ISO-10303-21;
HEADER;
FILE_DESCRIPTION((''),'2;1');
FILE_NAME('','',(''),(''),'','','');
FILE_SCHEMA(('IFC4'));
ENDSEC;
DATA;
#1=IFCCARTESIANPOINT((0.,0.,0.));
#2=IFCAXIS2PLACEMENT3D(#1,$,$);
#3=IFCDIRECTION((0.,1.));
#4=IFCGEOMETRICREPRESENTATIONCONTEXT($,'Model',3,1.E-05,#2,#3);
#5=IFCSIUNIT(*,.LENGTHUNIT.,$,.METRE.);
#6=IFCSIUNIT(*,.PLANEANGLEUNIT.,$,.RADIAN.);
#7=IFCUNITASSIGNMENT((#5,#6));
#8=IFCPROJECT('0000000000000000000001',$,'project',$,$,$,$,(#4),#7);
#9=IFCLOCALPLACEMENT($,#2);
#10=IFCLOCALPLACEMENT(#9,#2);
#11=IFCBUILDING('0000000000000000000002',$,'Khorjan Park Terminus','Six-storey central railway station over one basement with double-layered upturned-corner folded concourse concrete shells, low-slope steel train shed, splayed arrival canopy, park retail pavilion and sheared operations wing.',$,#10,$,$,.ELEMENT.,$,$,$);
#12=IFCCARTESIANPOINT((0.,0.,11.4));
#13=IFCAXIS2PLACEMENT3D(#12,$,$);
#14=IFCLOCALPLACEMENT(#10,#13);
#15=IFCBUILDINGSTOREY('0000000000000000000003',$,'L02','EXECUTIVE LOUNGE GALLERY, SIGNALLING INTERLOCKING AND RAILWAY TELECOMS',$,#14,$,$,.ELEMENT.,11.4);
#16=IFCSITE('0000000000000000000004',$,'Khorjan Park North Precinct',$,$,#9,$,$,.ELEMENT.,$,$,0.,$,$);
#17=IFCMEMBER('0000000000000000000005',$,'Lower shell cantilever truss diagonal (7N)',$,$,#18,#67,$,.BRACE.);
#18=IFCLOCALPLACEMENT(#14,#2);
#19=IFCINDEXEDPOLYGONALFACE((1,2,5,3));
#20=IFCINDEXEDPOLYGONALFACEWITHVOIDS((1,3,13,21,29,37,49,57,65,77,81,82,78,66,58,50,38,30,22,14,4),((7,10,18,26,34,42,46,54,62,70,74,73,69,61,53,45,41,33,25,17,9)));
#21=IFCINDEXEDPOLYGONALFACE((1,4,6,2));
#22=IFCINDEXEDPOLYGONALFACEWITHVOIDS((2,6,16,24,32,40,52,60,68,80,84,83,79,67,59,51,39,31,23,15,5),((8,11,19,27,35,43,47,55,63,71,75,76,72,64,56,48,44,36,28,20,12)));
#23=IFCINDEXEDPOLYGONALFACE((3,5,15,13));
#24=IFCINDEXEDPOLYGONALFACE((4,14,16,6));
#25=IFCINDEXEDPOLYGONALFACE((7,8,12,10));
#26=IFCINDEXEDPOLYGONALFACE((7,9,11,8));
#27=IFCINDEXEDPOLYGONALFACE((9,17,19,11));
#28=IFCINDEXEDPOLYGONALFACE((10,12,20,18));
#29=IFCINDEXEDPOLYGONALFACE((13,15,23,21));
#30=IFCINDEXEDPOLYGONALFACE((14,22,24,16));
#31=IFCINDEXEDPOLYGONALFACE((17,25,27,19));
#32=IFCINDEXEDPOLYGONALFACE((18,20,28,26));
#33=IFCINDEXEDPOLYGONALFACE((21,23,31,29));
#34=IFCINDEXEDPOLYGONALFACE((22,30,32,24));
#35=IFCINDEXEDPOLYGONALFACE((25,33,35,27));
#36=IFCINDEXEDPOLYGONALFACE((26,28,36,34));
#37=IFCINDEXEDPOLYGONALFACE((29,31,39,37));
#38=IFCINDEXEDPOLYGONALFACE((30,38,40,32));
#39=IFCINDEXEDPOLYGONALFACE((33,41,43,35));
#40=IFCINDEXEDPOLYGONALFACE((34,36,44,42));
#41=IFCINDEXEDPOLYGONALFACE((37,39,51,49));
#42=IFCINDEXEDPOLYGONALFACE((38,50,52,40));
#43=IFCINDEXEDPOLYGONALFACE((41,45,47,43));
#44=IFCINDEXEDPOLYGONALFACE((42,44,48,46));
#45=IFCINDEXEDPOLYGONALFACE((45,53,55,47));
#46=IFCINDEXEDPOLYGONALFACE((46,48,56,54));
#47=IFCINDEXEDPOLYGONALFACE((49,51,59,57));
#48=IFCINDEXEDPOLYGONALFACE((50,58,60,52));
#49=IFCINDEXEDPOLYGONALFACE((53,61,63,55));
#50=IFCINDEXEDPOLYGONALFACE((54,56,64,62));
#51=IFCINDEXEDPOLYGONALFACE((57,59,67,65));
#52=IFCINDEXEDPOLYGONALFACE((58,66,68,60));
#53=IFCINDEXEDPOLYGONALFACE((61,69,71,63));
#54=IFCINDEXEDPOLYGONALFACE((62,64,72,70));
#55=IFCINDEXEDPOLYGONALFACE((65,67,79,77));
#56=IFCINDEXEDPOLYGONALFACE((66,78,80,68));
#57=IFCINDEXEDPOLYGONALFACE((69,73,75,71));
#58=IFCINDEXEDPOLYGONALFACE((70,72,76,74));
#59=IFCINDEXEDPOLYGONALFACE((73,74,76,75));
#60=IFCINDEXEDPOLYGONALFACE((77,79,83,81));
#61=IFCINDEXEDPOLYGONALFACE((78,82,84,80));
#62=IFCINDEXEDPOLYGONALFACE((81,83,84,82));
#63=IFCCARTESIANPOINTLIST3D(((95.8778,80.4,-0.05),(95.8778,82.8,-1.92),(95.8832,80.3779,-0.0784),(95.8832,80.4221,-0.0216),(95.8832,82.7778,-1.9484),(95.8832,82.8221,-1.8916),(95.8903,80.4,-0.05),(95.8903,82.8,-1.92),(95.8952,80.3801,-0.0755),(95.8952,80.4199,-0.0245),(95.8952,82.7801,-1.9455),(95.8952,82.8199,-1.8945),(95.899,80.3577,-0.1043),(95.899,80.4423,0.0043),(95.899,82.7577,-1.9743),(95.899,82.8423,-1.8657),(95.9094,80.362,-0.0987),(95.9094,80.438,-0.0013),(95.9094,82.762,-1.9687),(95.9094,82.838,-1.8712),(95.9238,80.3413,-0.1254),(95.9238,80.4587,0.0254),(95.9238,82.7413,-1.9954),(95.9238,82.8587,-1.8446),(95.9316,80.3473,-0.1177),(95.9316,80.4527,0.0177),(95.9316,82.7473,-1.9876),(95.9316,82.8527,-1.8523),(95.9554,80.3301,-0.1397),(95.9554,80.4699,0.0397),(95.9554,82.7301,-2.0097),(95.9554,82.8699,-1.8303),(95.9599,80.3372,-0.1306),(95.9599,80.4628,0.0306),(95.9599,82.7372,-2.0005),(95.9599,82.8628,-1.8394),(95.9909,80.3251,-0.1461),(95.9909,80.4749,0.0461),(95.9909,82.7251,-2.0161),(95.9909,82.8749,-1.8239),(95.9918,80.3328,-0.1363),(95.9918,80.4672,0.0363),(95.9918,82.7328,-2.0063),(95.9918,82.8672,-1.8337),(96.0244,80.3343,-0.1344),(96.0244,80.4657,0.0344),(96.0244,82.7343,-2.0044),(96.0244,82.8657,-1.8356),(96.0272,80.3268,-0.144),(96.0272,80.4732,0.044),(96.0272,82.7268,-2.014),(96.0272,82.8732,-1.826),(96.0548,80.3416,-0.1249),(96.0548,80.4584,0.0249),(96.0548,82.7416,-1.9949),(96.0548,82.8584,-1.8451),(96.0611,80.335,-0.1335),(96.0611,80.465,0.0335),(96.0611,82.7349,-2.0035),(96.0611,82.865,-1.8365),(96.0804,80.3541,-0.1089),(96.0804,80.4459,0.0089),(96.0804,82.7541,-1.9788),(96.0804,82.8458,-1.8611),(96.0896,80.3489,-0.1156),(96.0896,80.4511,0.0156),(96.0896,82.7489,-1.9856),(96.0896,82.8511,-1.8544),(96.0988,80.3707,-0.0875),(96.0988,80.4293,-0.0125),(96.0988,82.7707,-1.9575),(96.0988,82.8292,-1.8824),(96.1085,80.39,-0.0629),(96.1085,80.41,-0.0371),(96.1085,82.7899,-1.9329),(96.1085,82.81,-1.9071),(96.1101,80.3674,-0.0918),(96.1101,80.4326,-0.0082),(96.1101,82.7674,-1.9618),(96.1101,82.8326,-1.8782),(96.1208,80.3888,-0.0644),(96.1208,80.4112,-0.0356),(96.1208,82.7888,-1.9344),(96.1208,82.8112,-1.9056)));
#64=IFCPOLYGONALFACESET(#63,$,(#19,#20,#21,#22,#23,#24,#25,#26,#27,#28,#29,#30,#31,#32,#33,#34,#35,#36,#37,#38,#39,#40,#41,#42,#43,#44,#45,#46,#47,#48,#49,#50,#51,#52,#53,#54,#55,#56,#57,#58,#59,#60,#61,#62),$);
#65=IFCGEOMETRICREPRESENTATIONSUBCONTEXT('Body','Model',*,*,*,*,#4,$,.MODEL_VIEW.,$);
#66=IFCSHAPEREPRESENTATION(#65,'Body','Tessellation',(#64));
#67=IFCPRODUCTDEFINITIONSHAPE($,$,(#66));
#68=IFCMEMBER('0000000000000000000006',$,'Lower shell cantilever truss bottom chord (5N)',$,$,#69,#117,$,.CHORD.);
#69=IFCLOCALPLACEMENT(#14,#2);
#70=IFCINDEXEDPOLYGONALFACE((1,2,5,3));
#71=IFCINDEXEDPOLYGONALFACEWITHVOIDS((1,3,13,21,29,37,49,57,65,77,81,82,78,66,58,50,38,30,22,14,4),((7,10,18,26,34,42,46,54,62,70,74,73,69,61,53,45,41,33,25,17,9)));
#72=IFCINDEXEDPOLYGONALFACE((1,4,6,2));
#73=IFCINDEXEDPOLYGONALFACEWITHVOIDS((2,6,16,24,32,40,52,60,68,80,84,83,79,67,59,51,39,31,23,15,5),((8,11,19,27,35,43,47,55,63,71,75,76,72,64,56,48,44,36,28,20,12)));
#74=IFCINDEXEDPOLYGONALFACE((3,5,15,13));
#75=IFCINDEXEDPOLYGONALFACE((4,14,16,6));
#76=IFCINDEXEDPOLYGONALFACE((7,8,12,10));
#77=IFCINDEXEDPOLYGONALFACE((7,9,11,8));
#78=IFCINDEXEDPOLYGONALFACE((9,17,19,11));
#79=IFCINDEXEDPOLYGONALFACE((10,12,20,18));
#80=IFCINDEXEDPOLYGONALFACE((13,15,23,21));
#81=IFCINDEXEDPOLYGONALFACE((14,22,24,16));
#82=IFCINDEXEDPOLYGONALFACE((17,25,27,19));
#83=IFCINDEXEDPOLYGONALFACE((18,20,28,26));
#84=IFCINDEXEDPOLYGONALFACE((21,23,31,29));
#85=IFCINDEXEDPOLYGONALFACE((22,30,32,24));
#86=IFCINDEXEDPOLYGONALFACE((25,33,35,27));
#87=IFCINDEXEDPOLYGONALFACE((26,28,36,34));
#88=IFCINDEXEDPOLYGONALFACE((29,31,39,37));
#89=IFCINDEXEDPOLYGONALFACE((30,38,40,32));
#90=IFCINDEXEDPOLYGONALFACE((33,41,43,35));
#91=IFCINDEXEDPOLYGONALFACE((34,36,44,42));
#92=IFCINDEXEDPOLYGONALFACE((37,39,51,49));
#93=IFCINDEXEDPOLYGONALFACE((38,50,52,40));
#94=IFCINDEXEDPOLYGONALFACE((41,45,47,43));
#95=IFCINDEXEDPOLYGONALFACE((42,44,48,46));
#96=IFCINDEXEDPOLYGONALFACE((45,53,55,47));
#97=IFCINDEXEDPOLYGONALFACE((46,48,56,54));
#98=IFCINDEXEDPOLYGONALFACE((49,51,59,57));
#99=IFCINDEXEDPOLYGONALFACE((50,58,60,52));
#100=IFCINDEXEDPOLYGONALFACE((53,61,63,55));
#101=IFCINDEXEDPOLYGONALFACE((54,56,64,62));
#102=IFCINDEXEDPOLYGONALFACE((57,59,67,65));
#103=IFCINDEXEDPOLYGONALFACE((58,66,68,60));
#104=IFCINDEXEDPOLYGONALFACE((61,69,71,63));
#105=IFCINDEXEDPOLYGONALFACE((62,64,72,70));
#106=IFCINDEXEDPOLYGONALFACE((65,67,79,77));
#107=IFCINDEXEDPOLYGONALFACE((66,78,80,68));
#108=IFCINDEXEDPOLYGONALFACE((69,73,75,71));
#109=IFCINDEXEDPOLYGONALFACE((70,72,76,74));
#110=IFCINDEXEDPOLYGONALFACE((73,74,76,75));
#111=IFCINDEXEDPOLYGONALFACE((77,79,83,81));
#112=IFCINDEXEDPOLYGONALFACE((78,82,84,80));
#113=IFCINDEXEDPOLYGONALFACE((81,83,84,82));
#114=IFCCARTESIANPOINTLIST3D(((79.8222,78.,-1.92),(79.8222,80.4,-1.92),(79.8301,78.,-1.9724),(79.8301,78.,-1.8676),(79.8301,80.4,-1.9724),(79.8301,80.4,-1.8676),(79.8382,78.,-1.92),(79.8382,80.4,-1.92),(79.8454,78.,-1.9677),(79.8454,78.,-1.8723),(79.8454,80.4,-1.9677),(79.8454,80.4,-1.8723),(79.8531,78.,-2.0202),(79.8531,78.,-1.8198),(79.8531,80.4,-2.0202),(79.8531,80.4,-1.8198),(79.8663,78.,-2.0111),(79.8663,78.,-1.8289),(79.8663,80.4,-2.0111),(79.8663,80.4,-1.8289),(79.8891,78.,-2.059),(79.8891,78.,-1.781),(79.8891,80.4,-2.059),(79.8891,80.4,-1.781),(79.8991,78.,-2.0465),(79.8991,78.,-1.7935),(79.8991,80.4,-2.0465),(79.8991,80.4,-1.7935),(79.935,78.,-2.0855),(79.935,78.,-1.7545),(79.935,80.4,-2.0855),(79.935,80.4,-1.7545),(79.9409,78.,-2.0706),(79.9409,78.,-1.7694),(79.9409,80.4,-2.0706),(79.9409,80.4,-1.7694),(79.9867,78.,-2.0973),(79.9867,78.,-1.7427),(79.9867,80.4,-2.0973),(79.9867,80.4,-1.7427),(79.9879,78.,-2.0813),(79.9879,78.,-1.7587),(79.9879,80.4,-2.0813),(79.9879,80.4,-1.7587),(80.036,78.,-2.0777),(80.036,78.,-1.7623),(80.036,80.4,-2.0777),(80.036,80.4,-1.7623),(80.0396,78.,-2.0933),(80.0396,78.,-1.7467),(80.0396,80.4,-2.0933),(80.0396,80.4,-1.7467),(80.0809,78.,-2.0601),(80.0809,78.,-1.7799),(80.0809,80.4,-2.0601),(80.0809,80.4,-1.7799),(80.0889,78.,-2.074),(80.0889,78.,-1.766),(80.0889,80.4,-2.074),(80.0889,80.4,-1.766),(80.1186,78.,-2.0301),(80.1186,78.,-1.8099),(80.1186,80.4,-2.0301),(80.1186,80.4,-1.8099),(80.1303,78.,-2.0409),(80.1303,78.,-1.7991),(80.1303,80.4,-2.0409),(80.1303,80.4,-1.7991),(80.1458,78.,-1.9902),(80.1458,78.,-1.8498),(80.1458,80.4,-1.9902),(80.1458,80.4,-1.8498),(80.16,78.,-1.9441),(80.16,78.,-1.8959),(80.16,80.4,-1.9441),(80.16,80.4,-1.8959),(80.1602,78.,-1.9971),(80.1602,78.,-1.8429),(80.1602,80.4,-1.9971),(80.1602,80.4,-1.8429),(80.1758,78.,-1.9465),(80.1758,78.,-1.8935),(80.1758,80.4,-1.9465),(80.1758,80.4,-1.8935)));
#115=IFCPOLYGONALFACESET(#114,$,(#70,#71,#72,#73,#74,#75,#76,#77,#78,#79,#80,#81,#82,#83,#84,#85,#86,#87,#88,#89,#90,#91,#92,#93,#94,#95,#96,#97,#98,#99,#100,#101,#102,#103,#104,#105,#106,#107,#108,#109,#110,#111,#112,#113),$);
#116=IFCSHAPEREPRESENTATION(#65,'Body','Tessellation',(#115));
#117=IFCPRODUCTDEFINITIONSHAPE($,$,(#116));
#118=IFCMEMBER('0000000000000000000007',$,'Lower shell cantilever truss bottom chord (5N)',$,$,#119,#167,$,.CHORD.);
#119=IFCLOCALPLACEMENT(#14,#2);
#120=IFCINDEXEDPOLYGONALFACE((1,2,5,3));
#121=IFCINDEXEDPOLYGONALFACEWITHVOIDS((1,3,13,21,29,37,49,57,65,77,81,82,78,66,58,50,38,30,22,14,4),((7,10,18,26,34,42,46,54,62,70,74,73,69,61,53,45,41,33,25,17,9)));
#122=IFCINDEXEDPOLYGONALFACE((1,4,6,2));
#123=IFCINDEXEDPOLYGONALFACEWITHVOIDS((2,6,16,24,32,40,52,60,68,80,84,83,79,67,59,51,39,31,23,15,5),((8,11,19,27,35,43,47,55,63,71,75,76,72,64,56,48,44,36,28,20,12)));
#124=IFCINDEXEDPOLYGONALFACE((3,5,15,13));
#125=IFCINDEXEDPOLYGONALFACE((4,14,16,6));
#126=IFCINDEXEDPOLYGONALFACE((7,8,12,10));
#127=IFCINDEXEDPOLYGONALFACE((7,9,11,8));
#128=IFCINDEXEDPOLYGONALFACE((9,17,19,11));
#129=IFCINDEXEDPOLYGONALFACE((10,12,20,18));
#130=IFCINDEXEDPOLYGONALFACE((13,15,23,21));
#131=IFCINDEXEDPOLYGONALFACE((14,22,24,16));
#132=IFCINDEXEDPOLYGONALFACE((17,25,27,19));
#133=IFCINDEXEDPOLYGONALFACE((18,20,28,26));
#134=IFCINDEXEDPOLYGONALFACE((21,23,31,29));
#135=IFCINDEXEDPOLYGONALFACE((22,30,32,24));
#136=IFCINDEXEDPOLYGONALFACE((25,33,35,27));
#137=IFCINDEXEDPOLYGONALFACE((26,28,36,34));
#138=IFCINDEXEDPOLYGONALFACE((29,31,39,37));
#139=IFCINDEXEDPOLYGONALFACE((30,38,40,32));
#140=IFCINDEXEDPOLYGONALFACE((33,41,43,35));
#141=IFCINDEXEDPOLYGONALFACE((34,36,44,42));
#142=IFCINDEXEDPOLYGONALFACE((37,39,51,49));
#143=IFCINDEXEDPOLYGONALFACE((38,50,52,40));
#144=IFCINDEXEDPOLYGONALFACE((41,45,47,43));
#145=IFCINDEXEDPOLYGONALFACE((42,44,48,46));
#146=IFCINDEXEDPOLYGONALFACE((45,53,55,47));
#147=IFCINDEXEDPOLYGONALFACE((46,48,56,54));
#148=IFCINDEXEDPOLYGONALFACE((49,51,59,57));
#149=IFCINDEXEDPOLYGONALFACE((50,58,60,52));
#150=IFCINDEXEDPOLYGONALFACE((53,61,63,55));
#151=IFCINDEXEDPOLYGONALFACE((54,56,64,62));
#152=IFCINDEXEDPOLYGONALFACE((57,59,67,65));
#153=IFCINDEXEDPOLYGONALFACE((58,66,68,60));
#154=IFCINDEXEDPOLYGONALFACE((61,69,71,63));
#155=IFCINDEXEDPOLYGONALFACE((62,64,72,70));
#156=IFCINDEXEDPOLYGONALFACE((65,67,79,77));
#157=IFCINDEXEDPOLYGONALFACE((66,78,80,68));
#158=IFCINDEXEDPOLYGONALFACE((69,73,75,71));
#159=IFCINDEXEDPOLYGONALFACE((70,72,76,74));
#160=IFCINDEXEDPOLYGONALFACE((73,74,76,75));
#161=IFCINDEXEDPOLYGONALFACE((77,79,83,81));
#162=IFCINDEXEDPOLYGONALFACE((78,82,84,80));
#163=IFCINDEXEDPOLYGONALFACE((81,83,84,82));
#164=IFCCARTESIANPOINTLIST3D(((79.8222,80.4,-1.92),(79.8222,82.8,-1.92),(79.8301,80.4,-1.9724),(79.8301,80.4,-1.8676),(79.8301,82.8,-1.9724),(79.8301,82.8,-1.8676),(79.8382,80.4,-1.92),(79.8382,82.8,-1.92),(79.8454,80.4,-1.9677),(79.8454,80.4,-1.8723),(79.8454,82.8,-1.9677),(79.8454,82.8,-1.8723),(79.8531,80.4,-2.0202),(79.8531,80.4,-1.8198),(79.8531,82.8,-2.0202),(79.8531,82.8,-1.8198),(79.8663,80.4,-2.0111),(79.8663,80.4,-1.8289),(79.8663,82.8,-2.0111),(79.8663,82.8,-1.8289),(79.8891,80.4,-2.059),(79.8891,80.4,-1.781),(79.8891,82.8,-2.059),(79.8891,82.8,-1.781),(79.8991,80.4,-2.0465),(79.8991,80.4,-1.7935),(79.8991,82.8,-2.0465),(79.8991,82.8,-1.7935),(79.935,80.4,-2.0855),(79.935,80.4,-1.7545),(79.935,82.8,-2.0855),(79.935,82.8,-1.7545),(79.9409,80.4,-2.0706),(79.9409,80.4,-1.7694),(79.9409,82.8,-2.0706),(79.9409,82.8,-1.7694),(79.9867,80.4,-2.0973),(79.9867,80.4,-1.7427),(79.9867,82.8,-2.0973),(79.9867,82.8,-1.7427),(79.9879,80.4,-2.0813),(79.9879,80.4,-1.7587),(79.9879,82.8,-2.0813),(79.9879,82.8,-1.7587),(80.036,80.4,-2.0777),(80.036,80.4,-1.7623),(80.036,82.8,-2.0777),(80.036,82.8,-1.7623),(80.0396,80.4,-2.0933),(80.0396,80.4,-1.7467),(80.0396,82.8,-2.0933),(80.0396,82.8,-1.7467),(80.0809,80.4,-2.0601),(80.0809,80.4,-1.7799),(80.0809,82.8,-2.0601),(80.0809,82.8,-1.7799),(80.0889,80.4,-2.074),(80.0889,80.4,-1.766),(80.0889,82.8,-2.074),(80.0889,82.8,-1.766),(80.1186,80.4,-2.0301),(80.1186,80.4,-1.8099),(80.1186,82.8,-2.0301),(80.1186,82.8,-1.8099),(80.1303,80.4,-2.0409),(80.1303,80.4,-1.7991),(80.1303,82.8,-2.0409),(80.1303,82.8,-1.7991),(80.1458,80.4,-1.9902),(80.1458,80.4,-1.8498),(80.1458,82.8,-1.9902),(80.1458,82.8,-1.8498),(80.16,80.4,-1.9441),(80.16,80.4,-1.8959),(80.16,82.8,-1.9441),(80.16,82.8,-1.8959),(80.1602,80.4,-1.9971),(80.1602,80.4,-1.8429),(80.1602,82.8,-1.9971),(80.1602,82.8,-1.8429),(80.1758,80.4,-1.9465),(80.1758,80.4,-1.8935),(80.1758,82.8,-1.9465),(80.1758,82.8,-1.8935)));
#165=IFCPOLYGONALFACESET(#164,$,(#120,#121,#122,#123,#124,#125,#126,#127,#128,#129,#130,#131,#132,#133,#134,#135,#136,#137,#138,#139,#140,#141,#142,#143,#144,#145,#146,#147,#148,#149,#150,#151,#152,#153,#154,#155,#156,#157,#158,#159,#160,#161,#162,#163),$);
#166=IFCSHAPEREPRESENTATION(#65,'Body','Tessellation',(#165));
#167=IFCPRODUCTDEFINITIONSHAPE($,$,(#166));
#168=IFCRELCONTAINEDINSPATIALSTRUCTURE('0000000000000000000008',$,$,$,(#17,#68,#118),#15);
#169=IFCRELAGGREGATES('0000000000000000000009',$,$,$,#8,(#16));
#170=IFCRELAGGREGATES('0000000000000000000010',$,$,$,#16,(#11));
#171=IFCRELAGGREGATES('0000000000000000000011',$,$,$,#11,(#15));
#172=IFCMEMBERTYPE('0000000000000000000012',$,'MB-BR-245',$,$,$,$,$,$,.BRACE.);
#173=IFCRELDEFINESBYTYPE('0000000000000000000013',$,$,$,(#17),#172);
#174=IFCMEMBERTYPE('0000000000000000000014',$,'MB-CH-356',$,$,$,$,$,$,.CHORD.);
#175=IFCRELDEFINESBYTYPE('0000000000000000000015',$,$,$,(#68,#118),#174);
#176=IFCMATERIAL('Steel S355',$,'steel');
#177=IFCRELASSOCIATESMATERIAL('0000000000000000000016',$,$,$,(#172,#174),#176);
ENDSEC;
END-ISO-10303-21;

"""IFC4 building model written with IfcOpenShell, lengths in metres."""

from ifc_helpers import new_model, si_unit, direction, frame, origin, origin_2d, place, context, subcontext, project, spatial, hollow_circle, extrude, material, material_profile, profile_set, type_object, element, save


model = new_model("IFC4")

# Units and contexts
model_context = context("Model", 3, precision=1e-05, world=origin(), true_north=direction((0.0, 1.0)))
body_context = subcontext(model_context, "Body", "Model", "MODEL_VIEW")
ifc_project = project(units=[si_unit("LENGTHUNIT", "METRE"), si_unit("PLANEANGLEUNIT", "RADIAN")], contexts=[model_context])

# Site, building, storey
site_placement = place(None, origin())
site = spatial("IfcSite", under=ifc_project, at=site_placement, Name="Khorjan Park North Precinct", CompositionType="ELEMENT", RefElevation=0.0)
building_placement = place(site_placement, origin())
building = spatial("IfcBuilding", under=site, at=building_placement, Name="Khorjan Park Terminus", Description="Six-storey central railway station over one basement with double-layered upturned-corner folded concourse concrete shells, low-slope steel train shed, splayed arrival canopy, park retail pavilion and sheared operations wing.", CompositionType="ELEMENT")
storey_placement = place(building_placement, frame((0.0, 0.0, 11.4)))
storey = spatial("IfcBuildingStorey", under=building, at=storey_placement, Name="L02", Description="EXECUTIVE LOUNGE GALLERY, SIGNALLING INTERLOCKING AND RAILWAY TELECOMS", CompositionType="ELEMENT", Elevation=11.4)

# Shared definitions
ifc_material_1 = material(Name="Steel S355", Category="steel")

# Members
ifc_material_profile_1 = material_profile(ifc_material_1, hollow_circle(Radius=0.1222, WallThickness=0.0125, at=origin_2d()), Name="CHS 244.5x12.5")
ifc_profile_set_1 = profile_set([ifc_material_profile_1], Name="Steel S355")
member_type_1 = type_object("IfcMemberType", Name="MB-BR-245", PredefinedType="BRACE", material=ifc_profile_set_1)
for number, where, z_axis, x_axis, name in (
    (1, (96.0, 80.4, -0.05), (0.0, 0.788821, -0.614623), (-1.0, 0.0, 0.0), "Lower shell cantilever truss diagonal (7N)"),
):
    element("IfcMember", number, at=place(storey_placement, frame(where, z_axis=z_axis, x_axis=x_axis)), inside=storey, type_object=member_type_1, Name=name, PredefinedType="BRACE", context=body_context, shape_type="SweptSolid", body=[
        extrude(hollow_circle(Radius=0.1222, WallThickness=0.0125, at=origin_2d()), origin(), (0.0, 0.0, 1.0), 3.0425),
    ])
ifc_material_profile_2 = material_profile(ifc_material_1, hollow_circle(Radius=0.1778, WallThickness=0.016, at=origin_2d()), Name="CHS 355.6x16")
ifc_profile_set_2 = profile_set([ifc_material_profile_2], Name="Steel S355")
member_type_2 = type_object("IfcMemberType", Name="MB-CH-356", PredefinedType="CHORD", material=ifc_profile_set_2)
for number, where, z_axis, x_axis, name in (
    (2, (80.0, 78.0, -1.92), (0.0, 1.0, 0.0), (-1.0, 0.0, 0.0), "Lower shell cantilever truss bottom chord (5N)"),
    (3, (80.0, 80.4, -1.92), (0.0, 1.0, 0.0), (-1.0, 0.0, 0.0), "Lower shell cantilever truss bottom chord (5N)"),
):
    element("IfcMember", number, at=place(storey_placement, frame(where, z_axis=z_axis, x_axis=x_axis)), inside=storey, type_object=member_type_2, Name=name, PredefinedType="CHORD", context=body_context, shape_type="SweptSolid", body=[
        extrude(hollow_circle(Radius=0.1778, WallThickness=0.016, at=origin_2d()), origin(), (0.0, 0.0, 1.0), 2.4),
    ])

save(model, "model.ifc")
